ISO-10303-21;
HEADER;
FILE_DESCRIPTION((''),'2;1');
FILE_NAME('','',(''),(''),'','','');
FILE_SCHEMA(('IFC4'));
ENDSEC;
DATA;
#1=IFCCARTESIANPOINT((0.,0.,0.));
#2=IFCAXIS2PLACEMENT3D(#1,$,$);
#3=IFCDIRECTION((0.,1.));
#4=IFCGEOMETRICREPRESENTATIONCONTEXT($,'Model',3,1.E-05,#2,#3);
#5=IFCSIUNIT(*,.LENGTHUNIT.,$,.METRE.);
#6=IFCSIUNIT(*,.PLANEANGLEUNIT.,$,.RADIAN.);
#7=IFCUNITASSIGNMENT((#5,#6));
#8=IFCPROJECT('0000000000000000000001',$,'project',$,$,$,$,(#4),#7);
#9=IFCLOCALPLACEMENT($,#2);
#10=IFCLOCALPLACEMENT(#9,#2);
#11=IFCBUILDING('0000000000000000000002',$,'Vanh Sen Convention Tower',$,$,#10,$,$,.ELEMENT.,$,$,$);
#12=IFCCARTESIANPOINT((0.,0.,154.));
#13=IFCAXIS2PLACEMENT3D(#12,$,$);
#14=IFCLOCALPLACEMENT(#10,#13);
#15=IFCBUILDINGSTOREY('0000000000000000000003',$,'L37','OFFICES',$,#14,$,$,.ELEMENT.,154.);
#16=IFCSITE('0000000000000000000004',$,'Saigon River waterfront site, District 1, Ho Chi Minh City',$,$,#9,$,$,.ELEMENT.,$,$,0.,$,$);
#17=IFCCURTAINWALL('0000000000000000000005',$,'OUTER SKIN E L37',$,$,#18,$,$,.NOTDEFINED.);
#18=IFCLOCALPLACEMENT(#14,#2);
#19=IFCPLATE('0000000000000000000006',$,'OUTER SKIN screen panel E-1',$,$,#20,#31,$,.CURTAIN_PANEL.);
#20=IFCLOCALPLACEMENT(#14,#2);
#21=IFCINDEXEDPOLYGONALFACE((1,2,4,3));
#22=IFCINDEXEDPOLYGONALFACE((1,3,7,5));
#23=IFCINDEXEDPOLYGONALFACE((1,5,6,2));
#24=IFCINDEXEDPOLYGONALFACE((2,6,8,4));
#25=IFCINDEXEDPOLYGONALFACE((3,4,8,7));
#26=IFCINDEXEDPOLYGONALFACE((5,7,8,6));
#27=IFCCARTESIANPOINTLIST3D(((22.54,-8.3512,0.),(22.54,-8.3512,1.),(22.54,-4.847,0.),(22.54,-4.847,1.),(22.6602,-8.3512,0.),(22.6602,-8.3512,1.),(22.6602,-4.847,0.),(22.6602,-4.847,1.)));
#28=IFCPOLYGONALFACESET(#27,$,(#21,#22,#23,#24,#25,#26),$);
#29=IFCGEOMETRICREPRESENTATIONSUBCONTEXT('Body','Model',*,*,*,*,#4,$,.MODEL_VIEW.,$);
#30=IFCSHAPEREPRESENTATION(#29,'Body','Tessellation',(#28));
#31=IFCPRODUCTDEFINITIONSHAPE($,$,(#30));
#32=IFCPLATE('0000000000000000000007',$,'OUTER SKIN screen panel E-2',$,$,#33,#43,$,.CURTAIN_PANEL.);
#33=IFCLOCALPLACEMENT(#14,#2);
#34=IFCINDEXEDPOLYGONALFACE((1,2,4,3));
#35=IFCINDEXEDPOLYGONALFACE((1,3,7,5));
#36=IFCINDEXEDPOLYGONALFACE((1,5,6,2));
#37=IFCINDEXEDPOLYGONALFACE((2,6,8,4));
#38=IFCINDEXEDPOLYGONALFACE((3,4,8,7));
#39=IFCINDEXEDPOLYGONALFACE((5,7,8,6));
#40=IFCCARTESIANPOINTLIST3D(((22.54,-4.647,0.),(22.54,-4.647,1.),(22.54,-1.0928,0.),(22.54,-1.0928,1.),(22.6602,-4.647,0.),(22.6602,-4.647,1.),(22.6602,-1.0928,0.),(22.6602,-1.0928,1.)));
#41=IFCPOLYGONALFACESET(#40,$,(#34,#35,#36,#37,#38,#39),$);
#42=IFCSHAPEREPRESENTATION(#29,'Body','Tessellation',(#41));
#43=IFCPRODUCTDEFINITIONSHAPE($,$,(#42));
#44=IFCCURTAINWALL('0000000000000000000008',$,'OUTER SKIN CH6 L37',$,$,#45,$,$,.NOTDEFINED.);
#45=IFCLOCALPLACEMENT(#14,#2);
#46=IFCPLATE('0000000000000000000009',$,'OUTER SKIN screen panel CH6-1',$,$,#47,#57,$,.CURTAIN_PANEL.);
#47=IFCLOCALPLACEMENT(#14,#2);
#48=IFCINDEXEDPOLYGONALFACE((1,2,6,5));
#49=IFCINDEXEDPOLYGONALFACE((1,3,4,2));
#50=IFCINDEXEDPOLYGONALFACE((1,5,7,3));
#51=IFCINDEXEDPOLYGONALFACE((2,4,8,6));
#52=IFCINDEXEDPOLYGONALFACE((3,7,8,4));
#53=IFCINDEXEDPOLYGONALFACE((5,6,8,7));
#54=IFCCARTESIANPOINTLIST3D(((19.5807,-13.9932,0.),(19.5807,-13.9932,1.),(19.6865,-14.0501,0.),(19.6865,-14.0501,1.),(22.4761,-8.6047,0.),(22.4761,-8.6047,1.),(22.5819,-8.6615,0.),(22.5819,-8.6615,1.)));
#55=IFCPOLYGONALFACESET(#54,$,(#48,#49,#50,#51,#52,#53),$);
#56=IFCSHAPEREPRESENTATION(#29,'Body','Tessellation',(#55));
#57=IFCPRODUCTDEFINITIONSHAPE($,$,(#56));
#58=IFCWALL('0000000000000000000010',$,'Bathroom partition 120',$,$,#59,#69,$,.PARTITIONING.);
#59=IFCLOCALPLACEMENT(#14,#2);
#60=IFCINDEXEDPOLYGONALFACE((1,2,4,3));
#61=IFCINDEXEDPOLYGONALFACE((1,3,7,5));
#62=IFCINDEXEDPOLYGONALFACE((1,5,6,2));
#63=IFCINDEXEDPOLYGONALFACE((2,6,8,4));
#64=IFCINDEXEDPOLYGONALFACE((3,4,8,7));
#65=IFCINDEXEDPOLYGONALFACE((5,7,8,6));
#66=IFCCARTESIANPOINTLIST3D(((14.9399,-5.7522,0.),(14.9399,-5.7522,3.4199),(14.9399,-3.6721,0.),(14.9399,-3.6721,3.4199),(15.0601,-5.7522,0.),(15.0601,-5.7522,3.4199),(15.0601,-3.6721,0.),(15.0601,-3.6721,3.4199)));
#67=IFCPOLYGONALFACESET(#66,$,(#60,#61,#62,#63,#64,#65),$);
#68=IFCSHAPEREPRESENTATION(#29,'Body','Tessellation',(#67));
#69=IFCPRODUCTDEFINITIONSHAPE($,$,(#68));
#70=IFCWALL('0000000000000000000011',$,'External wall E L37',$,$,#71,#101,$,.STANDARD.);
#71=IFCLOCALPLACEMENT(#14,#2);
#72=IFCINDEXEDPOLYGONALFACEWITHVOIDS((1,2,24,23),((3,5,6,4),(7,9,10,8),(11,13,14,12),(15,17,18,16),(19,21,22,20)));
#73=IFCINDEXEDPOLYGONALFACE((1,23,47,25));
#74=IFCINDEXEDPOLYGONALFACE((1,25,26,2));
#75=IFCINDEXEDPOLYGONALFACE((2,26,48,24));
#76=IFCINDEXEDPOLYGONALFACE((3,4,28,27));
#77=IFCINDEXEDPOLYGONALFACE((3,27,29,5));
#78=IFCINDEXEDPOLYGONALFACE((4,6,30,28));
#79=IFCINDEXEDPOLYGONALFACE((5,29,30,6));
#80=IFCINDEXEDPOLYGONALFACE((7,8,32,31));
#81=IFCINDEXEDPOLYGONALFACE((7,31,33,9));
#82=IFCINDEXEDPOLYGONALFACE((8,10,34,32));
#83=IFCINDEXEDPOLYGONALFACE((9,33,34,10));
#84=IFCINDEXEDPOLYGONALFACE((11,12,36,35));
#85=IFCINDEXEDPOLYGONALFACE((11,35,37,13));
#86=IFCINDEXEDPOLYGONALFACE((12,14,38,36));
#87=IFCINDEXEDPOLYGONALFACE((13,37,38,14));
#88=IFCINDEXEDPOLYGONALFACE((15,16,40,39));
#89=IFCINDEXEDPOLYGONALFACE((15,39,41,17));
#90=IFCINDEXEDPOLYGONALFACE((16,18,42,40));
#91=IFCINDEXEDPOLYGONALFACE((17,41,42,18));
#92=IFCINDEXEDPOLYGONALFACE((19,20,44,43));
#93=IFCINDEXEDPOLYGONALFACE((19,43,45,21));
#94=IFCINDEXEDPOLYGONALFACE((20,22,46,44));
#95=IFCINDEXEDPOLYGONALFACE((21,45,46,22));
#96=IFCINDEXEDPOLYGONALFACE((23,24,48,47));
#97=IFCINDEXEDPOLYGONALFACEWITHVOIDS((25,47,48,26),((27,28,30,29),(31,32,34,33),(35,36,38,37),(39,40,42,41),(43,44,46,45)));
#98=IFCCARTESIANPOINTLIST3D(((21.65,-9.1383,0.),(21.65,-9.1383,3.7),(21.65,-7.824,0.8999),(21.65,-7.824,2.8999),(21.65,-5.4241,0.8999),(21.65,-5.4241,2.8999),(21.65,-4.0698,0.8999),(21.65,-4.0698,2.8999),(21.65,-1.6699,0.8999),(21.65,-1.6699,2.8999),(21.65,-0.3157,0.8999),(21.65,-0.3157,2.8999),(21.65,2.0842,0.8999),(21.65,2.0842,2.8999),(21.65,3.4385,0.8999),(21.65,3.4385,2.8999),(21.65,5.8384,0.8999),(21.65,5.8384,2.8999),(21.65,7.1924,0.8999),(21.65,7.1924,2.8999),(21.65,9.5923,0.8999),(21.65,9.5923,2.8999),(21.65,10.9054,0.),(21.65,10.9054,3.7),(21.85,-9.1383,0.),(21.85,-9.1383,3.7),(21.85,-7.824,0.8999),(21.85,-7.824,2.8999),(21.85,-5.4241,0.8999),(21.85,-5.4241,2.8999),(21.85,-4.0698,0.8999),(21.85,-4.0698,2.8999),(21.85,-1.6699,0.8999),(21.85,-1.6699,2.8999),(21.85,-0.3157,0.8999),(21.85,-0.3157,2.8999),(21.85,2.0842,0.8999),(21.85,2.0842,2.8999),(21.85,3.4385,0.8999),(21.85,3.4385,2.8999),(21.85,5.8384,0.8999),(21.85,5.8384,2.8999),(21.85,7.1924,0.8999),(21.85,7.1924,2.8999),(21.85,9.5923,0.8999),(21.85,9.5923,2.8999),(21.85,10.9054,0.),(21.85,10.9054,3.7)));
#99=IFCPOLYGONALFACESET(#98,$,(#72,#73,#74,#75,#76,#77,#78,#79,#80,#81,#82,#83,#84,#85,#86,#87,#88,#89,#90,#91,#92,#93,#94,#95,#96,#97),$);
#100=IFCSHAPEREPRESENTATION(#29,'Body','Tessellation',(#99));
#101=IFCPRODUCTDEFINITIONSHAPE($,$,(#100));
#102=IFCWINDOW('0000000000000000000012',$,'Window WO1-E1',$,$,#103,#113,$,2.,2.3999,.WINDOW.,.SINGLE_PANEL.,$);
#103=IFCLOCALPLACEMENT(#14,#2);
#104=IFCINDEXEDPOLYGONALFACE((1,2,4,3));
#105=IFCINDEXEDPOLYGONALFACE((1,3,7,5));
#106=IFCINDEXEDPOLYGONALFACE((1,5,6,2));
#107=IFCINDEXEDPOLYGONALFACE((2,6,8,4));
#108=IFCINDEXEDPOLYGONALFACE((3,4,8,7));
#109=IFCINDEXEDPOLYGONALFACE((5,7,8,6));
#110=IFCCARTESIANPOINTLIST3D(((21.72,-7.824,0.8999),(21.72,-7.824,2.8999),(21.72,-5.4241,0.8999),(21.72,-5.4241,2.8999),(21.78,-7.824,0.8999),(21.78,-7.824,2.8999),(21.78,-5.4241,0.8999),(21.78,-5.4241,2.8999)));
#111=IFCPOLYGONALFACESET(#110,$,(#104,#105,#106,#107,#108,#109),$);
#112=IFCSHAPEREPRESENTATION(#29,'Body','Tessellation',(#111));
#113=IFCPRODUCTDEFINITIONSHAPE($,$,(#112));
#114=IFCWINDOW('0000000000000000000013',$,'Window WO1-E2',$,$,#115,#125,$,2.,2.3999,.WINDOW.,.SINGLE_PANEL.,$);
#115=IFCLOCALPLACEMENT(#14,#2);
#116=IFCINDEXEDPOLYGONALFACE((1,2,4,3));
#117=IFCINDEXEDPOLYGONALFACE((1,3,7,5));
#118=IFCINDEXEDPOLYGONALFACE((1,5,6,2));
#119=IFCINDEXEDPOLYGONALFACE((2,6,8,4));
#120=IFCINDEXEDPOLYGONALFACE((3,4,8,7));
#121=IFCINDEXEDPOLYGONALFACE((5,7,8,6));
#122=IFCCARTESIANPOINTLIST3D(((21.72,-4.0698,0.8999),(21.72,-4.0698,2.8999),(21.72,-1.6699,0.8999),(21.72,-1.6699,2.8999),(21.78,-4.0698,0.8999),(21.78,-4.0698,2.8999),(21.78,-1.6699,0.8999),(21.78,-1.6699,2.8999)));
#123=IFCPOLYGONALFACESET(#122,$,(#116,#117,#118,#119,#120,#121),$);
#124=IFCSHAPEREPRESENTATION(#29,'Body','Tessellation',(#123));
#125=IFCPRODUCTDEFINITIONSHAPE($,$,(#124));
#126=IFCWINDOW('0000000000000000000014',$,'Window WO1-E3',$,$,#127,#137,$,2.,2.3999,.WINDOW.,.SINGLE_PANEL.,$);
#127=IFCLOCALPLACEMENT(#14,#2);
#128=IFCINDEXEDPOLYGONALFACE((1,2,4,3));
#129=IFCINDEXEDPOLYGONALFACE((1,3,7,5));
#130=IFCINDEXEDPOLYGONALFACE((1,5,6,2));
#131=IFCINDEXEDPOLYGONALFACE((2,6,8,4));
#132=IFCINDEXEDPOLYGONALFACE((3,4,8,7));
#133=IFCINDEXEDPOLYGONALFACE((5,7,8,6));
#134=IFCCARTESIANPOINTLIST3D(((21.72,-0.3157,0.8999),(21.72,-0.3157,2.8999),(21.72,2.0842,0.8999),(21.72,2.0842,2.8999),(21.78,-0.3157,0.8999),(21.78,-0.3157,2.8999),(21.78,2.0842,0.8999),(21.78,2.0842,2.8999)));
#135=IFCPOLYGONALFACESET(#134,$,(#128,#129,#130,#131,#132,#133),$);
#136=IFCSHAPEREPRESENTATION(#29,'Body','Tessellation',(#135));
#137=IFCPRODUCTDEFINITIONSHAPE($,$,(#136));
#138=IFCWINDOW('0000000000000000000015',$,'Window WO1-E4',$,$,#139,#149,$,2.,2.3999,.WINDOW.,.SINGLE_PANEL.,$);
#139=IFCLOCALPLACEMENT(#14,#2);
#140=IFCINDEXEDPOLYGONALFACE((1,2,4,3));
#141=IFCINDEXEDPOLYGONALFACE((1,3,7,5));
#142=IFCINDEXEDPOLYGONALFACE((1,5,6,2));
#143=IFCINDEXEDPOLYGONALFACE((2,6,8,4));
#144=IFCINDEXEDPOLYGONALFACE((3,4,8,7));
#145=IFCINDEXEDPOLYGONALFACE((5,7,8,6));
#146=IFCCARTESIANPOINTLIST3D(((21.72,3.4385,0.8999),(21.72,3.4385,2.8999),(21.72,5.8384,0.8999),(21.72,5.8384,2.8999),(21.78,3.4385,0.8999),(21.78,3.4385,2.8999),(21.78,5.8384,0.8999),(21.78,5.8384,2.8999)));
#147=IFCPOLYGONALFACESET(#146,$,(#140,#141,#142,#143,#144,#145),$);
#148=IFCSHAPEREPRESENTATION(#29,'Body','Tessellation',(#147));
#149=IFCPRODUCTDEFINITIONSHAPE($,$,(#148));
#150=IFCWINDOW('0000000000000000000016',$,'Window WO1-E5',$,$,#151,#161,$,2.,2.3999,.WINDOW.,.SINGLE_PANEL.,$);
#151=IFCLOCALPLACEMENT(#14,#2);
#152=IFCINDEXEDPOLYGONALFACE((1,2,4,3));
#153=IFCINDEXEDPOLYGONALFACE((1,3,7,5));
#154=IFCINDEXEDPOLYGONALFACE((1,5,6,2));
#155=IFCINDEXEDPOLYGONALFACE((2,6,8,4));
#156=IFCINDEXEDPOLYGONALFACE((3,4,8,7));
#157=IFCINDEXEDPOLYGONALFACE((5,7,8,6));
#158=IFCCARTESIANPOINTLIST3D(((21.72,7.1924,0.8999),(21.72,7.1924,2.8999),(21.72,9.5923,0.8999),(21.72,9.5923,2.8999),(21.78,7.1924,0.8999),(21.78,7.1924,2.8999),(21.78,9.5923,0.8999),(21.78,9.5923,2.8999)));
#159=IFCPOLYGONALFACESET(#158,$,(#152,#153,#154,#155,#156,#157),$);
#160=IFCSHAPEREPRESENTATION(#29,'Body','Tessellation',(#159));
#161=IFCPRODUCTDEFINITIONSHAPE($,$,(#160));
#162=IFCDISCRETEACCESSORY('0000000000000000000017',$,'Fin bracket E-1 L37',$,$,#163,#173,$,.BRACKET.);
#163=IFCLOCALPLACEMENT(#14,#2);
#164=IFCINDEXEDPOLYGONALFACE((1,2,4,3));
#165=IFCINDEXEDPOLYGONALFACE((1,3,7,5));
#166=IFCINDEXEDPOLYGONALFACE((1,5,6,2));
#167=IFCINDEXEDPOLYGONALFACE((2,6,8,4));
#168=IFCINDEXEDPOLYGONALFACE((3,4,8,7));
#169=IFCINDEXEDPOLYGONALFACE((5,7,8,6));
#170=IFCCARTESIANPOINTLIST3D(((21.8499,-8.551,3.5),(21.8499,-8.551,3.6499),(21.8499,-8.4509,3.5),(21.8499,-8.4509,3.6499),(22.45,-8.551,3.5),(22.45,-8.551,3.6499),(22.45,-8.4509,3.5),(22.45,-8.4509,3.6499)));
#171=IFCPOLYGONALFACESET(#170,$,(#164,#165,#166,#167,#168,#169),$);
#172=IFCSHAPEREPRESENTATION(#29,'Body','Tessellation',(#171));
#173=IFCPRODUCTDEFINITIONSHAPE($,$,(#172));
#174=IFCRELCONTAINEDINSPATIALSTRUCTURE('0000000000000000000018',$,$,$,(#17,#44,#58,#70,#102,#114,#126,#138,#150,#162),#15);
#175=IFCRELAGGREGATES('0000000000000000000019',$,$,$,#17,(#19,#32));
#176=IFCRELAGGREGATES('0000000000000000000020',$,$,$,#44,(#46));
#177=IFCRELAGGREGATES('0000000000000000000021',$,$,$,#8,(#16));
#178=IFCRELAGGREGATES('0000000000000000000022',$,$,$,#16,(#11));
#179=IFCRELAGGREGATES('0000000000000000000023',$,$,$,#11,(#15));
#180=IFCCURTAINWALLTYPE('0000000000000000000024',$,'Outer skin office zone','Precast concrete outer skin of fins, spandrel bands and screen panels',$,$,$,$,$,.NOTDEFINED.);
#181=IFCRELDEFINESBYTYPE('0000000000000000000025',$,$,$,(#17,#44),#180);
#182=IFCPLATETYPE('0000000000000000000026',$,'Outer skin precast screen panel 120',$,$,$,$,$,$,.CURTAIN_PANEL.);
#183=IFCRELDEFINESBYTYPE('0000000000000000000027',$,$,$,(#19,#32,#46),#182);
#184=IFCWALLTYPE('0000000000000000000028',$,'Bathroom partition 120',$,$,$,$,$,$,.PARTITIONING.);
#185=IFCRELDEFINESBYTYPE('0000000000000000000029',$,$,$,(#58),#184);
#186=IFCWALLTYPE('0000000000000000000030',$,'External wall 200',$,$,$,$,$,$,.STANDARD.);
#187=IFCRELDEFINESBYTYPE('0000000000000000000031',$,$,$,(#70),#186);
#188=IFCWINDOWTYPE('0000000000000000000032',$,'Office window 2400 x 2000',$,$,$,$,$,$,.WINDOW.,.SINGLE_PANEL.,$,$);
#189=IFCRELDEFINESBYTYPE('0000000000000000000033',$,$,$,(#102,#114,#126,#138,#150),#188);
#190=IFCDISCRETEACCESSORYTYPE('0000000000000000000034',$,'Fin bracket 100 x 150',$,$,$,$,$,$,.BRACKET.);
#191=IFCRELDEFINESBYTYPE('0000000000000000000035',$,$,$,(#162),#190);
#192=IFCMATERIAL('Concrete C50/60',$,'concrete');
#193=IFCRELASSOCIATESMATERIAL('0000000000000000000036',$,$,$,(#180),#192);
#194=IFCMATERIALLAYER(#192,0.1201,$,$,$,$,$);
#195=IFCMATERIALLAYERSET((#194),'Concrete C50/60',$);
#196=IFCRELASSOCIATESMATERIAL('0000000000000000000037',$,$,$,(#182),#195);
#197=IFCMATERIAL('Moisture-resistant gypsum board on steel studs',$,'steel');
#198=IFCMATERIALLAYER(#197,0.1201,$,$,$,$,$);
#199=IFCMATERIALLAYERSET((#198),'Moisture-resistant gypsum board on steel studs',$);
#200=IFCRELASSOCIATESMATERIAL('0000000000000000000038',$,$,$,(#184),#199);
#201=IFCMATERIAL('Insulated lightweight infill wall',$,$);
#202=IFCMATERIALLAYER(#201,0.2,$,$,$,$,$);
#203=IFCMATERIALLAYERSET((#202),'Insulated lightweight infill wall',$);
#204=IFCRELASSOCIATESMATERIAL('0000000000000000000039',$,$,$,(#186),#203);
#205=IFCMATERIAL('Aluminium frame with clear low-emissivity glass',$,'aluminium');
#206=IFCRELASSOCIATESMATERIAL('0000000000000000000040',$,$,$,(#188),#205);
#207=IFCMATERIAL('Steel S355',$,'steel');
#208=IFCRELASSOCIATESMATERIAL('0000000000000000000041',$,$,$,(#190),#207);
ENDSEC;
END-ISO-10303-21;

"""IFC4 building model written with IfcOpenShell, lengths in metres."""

from ifc_helpers import new_model, si_unit, direction, frame, frame_2d, origin, origin_2d, place, context, subcontext, project, spatial, rectangle, extrude, material, layer, layer_set, type_object, element, fill, aggregate, save


model = new_model("IFC4")

# Units and contexts
model_context = context("Model", 3, precision=1e-05, world=origin(), true_north=direction((0.0, 1.0)))
body_context = subcontext(model_context, "Body", "Model", "MODEL_VIEW")
ifc_project = project(units=[si_unit("LENGTHUNIT", "METRE"), si_unit("PLANEANGLEUNIT", "RADIAN")], contexts=[model_context])

# Site, building, storey
site_placement = place(None, origin())
site = spatial("IfcSite", under=ifc_project, at=site_placement, Name="Saigon River waterfront site, District 1, Ho Chi Minh City", CompositionType="ELEMENT", RefElevation=0.0)
building_placement = place(site_placement, origin())
building = spatial("IfcBuilding", under=site, at=building_placement, Name="Vanh Sen Convention Tower", CompositionType="ELEMENT")
storey_placement = place(building_placement, frame((0.0, 0.0, 154.0)))
storey = spatial("IfcBuildingStorey", under=building, at=storey_placement, Name="L37", Description="OFFICES", CompositionType="ELEMENT", Elevation=154.0)

# Curtain wall
ifc_material_1 = material(Name="Concrete C50/60", Category="concrete")
curtain_wall_type = type_object("IfcCurtainWallType", Name="Outer skin office zone", Description="Precast concrete outer skin of fins, spandrel bands and screen panels", PredefinedType="NOTDEFINED", material=ifc_material_1)
curtain_wall_1_placement = place(storey_placement, origin())
curtain_wall_1 = element("IfcCurtainWall", 1, at=curtain_wall_1_placement, inside=storey, type_object=curtain_wall_type, Name="OUTER SKIN E L37", PredefinedType="NOTDEFINED")

# Plates
ifc_layer_1 = layer(ifc_material_1, 0.1201)
ifc_layer_set_1 = layer_set([ifc_layer_1], Name="Concrete C50/60")
plate_type = type_object("IfcPlateType", Name="Outer skin precast screen panel 120", PredefinedType="CURTAIN_PANEL", material=ifc_layer_set_1)
plate_1_placement = place(storey_placement, frame((22.6001, -6.5991, 0.0), z_axis=(0.0, 0.0, 1.0), x_axis=(0.0, 1.0, 0.0)))
plate_1 = element("IfcPlate", 2, at=plate_1_placement, type_object=plate_type, Name="OUTER SKIN screen panel E-1", PredefinedType="CURTAIN_PANEL", context=body_context, shape_type="SweptSolid", body=[
    extrude(rectangle(XDim=3.5042, YDim=0.1201, at=origin_2d()), origin(), (0.0, 0.0, 1.0), 1.0),
])
plate_2_placement = place(storey_placement, frame((22.6001, -2.8699, 0.0), z_axis=(0.0, 0.0, 1.0), x_axis=(0.0, 1.0, 0.0)))
plate_2 = element("IfcPlate", 3, at=plate_2_placement, type_object=plate_type, Name="OUTER SKIN screen panel E-2", PredefinedType="CURTAIN_PANEL", context=body_context, shape_type="SweptSolid", body=[
    extrude(rectangle(XDim=3.5542, YDim=0.1201, at=origin_2d()), origin(), (0.0, 0.0, 1.0), 1.0),
])
aggregate(curtain_wall_1, [plate_1, plate_2])

# Curtain wall, plate
curtain_wall_2_placement = place(storey_placement, origin())
curtain_wall_2 = element("IfcCurtainWall", 4, at=curtain_wall_2_placement, inside=storey, type_object=curtain_wall_type, Name="OUTER SKIN CH6 L37", PredefinedType="NOTDEFINED")
plate_3_placement = place(storey_placement, frame((21.0813, -11.3274, 0.0), z_axis=(0.0, 0.0, 1.0), x_axis=(0.473321, 0.88089, 0.0)))
plate_3 = element("IfcPlate", 5, at=plate_3_placement, type_object=plate_type, Name="OUTER SKIN screen panel CH6-1", PredefinedType="CURTAIN_PANEL", context=body_context, shape_type="SweptSolid", body=[
    extrude(rectangle(XDim=6.1172, YDim=0.1201, at=origin_2d()), origin(), (0.0, 0.0, 1.0), 1.0),
])
aggregate(curtain_wall_2, [plate_3])

# Wall
ifc_material_2 = material(Name="Moisture-resistant gypsum board on steel studs", Category="steel")
ifc_layer_2 = layer(ifc_material_2, 0.1201)
ifc_layer_set_2 = layer_set([ifc_layer_2], Name="Moisture-resistant gypsum board on steel studs")
wall_type_1 = type_object("IfcWallType", Name="Bathroom partition 120", PredefinedType="PARTITIONING", material=ifc_layer_set_2)
wall_1_placement = place(storey_placement, frame((15.0, -3.6721, 0.0), z_axis=(0.0, 0.0, 1.0), x_axis=(0.0, -1.0, 0.0)))
element("IfcWall", 6, at=wall_1_placement, inside=storey, type_object=wall_type_1, Name="Bathroom partition 120", PredefinedType="PARTITIONING", context=body_context, shape_type="SweptSolid", body=[
    extrude(rectangle(XDim=2.0801, YDim=0.1201, at=frame_2d((1.04, 0.0))), origin(), (0.0, 0.0, 1.0), 3.4199),
])

# Wall, openings, windows
ifc_material_3 = material(Name="Insulated lightweight infill wall")
ifc_layer_3 = layer(ifc_material_3, 0.2)
ifc_layer_set_3 = layer_set([ifc_layer_3], Name="Insulated lightweight infill wall")
wall_type_2 = type_object("IfcWallType", Name="External wall 200", PredefinedType="STANDARD", material=ifc_layer_set_3)
wall_2_placement = place(storey_placement, frame((21.75, -9.1384, 0.0), z_axis=(0.0, 0.0, 1.0), x_axis=(0.0, 1.0, 0.0)))
wall_2 = element("IfcWall", 7, at=wall_2_placement, inside=storey, type_object=wall_type_2, Name="External wall E L37", PredefinedType="STANDARD", context=body_context, shape_type="SweptSolid", body=[
    extrude(rectangle(XDim=20.0437, YDim=0.2, at=frame_2d((10.022, 0.0))), origin(), (0.0, 0.0, 1.0), 3.7),
])
opening_1_placement = place(wall_2_placement, frame((1.3145, 0.0, 0.8999)))
opening_1 = element("IfcOpeningElement", 8, at=opening_1_placement, cuts=wall_2, PredefinedType="OPENING", context=body_context, shape_type="SweptSolid", body=[
    extrude(rectangle(XDim=2.3999, YDim=2.0, at=frame_2d((1.2, 1.0))), frame((0.0, 0.1099, 0.0), z_axis=(0.0, -1.0, 0.0), x_axis=(1.0, 0.0, 0.0)), (0.0, 0.0, 1.0), 0.22),
])
opening_2_placement = place(wall_2_placement, frame((5.0686, 0.0, 0.8999)))
opening_2 = element("IfcOpeningElement", 9, at=opening_2_placement, cuts=wall_2, PredefinedType="OPENING", context=body_context, shape_type="SweptSolid", body=[
    extrude(rectangle(XDim=2.3999, YDim=2.0, at=frame_2d((1.2, 1.0))), frame((0.0, 0.1099, 0.0), z_axis=(0.0, -1.0, 0.0), x_axis=(1.0, 0.0, 0.0)), (0.0, 0.0, 1.0), 0.22),
])
opening_3_placement = place(wall_2_placement, frame((8.8228, 0.0, 0.8999)))
opening_3 = element("IfcOpeningElement", 10, at=opening_3_placement, cuts=wall_2, PredefinedType="OPENING", context=body_context, shape_type="SweptSolid", body=[
    extrude(rectangle(XDim=2.3999, YDim=2.0, at=frame_2d((1.2, 1.0))), frame((0.0, 0.1099, 0.0), z_axis=(0.0, -1.0, 0.0), x_axis=(1.0, 0.0, 0.0)), (0.0, 0.0, 1.0), 0.22),
])
opening_4_placement = place(wall_2_placement, frame((12.5769, 0.0, 0.8999)))
opening_4 = element("IfcOpeningElement", 11, at=opening_4_placement, cuts=wall_2, PredefinedType="OPENING", context=body_context, shape_type="SweptSolid", body=[
    extrude(rectangle(XDim=2.3999, YDim=2.0, at=frame_2d((1.2, 1.0))), frame((0.0, 0.1099, 0.0), z_axis=(0.0, -1.0, 0.0), x_axis=(1.0, 0.0, 0.0)), (0.0, 0.0, 1.0), 0.22),
])
opening_5_placement = place(wall_2_placement, frame((16.3308, 0.0, 0.8999)))
opening_5 = element("IfcOpeningElement", 12, at=opening_5_placement, cuts=wall_2, PredefinedType="OPENING", context=body_context, shape_type="SweptSolid", body=[
    extrude(rectangle(XDim=2.3999, YDim=2.0, at=frame_2d((1.2, 1.0))), frame((0.0, 0.1099, 0.0), z_axis=(0.0, -1.0, 0.0), x_axis=(1.0, 0.0, 0.0)), (0.0, 0.0, 1.0), 0.22),
])
ifc_material_4 = material(Name="Aluminium frame with clear low-emissivity glass", Category="aluminium")
window_type = type_object("IfcWindowType", Name="Office window 2400 x 2000", PartitioningType="SINGLE_PANEL", PredefinedType="WINDOW", material=ifc_material_4)
window_1_placement = place(opening_1_placement, origin())
window_1 = element("IfcWindow", 13, at=window_1_placement, inside=storey, type_object=window_type, Name="Window WO1-E1", OverallHeight=2.0, OverallWidth=2.3999, PartitioningType="SINGLE_PANEL", PredefinedType="WINDOW", context=body_context, shape_type="SweptSolid", body=[
    extrude(rectangle(XDim=2.3999, YDim=2.0, at=frame_2d((1.2, 1.0))), frame((0.0, 0.03, 0.0), z_axis=(0.0, -1.0, 0.0), x_axis=(1.0, 0.0, 0.0)), (0.0, 0.0, 1.0), 0.0601),
])
fill(opening_1, window_1)
window_2_placement = place(opening_2_placement, origin())
window_2 = element("IfcWindow", 14, at=window_2_placement, inside=storey, type_object=window_type, Name="Window WO1-E2", OverallHeight=2.0, OverallWidth=2.3999, PartitioningType="SINGLE_PANEL", PredefinedType="WINDOW", context=body_context, shape_type="SweptSolid", body=[
    extrude(rectangle(XDim=2.3999, YDim=2.0, at=frame_2d((1.2, 1.0))), frame((0.0, 0.03, 0.0), z_axis=(0.0, -1.0, 0.0), x_axis=(1.0, 0.0, 0.0)), (0.0, 0.0, 1.0), 0.0601),
])
fill(opening_2, window_2)
window_3_placement = place(opening_3_placement, origin())
window_3 = element("IfcWindow", 15, at=window_3_placement, inside=storey, type_object=window_type, Name="Window WO1-E3", OverallHeight=2.0, OverallWidth=2.3999, PartitioningType="SINGLE_PANEL", PredefinedType="WINDOW", context=body_context, shape_type="SweptSolid", body=[
    extrude(rectangle(XDim=2.3999, YDim=2.0, at=frame_2d((1.2, 1.0))), frame((0.0, 0.03, 0.0), z_axis=(0.0, -1.0, 0.0), x_axis=(1.0, 0.0, 0.0)), (0.0, 0.0, 1.0), 0.0601),
])
fill(opening_3, window_3)
window_4_placement = place(opening_4_placement, origin())
window_4 = element("IfcWindow", 16, at=window_4_placement, inside=storey, type_object=window_type, Name="Window WO1-E4", OverallHeight=2.0, OverallWidth=2.3999, PartitioningType="SINGLE_PANEL", PredefinedType="WINDOW", context=body_context, shape_type="SweptSolid", body=[
    extrude(rectangle(XDim=2.3999, YDim=2.0, at=frame_2d((1.2, 1.0))), frame((0.0, 0.03, 0.0), z_axis=(0.0, -1.0, 0.0), x_axis=(1.0, 0.0, 0.0)), (0.0, 0.0, 1.0), 0.0601),
])
fill(opening_4, window_4)
window_5_placement = place(opening_5_placement, origin())
window_5 = element("IfcWindow", 17, at=window_5_placement, inside=storey, type_object=window_type, Name="Window WO1-E5", OverallHeight=2.0, OverallWidth=2.3999, PartitioningType="SINGLE_PANEL", PredefinedType="WINDOW", context=body_context, shape_type="SweptSolid", body=[
    extrude(rectangle(XDim=2.3999, YDim=2.0, at=frame_2d((1.2, 1.0))), frame((0.0, 0.03, 0.0), z_axis=(0.0, -1.0, 0.0), x_axis=(1.0, 0.0, 0.0)), (0.0, 0.0, 1.0), 0.0601),
])
fill(opening_5, window_5)

# Discrete accessory
ifc_material_5 = material(Name="Steel S355", Category="steel")
discrete_accessory_type = type_object("IfcDiscreteAccessoryType", Name="Fin bracket 100 x 150", PredefinedType="BRACKET", material=ifc_material_5)
for number, where, z_axis, x_axis, name in (
    (18, (22.1499, -8.501, 3.5), (0.0, 0.0, 1.0), (1.0, 0.0, 0.0), "Fin bracket E-1 L37"),
):
    element("IfcDiscreteAccessory", number, at=place(storey_placement, frame(where, z_axis=z_axis, x_axis=x_axis)), inside=storey, type_object=discrete_accessory_type, Name=name, PredefinedType="BRACKET", context=body_context, shape_type="SweptSolid", body=[
        extrude(rectangle(XDim=0.6001, YDim=0.1001, at=origin_2d()), origin(), (0.0, 0.0, 1.0), 0.1499),
    ])

save(model, "model.ifc")
